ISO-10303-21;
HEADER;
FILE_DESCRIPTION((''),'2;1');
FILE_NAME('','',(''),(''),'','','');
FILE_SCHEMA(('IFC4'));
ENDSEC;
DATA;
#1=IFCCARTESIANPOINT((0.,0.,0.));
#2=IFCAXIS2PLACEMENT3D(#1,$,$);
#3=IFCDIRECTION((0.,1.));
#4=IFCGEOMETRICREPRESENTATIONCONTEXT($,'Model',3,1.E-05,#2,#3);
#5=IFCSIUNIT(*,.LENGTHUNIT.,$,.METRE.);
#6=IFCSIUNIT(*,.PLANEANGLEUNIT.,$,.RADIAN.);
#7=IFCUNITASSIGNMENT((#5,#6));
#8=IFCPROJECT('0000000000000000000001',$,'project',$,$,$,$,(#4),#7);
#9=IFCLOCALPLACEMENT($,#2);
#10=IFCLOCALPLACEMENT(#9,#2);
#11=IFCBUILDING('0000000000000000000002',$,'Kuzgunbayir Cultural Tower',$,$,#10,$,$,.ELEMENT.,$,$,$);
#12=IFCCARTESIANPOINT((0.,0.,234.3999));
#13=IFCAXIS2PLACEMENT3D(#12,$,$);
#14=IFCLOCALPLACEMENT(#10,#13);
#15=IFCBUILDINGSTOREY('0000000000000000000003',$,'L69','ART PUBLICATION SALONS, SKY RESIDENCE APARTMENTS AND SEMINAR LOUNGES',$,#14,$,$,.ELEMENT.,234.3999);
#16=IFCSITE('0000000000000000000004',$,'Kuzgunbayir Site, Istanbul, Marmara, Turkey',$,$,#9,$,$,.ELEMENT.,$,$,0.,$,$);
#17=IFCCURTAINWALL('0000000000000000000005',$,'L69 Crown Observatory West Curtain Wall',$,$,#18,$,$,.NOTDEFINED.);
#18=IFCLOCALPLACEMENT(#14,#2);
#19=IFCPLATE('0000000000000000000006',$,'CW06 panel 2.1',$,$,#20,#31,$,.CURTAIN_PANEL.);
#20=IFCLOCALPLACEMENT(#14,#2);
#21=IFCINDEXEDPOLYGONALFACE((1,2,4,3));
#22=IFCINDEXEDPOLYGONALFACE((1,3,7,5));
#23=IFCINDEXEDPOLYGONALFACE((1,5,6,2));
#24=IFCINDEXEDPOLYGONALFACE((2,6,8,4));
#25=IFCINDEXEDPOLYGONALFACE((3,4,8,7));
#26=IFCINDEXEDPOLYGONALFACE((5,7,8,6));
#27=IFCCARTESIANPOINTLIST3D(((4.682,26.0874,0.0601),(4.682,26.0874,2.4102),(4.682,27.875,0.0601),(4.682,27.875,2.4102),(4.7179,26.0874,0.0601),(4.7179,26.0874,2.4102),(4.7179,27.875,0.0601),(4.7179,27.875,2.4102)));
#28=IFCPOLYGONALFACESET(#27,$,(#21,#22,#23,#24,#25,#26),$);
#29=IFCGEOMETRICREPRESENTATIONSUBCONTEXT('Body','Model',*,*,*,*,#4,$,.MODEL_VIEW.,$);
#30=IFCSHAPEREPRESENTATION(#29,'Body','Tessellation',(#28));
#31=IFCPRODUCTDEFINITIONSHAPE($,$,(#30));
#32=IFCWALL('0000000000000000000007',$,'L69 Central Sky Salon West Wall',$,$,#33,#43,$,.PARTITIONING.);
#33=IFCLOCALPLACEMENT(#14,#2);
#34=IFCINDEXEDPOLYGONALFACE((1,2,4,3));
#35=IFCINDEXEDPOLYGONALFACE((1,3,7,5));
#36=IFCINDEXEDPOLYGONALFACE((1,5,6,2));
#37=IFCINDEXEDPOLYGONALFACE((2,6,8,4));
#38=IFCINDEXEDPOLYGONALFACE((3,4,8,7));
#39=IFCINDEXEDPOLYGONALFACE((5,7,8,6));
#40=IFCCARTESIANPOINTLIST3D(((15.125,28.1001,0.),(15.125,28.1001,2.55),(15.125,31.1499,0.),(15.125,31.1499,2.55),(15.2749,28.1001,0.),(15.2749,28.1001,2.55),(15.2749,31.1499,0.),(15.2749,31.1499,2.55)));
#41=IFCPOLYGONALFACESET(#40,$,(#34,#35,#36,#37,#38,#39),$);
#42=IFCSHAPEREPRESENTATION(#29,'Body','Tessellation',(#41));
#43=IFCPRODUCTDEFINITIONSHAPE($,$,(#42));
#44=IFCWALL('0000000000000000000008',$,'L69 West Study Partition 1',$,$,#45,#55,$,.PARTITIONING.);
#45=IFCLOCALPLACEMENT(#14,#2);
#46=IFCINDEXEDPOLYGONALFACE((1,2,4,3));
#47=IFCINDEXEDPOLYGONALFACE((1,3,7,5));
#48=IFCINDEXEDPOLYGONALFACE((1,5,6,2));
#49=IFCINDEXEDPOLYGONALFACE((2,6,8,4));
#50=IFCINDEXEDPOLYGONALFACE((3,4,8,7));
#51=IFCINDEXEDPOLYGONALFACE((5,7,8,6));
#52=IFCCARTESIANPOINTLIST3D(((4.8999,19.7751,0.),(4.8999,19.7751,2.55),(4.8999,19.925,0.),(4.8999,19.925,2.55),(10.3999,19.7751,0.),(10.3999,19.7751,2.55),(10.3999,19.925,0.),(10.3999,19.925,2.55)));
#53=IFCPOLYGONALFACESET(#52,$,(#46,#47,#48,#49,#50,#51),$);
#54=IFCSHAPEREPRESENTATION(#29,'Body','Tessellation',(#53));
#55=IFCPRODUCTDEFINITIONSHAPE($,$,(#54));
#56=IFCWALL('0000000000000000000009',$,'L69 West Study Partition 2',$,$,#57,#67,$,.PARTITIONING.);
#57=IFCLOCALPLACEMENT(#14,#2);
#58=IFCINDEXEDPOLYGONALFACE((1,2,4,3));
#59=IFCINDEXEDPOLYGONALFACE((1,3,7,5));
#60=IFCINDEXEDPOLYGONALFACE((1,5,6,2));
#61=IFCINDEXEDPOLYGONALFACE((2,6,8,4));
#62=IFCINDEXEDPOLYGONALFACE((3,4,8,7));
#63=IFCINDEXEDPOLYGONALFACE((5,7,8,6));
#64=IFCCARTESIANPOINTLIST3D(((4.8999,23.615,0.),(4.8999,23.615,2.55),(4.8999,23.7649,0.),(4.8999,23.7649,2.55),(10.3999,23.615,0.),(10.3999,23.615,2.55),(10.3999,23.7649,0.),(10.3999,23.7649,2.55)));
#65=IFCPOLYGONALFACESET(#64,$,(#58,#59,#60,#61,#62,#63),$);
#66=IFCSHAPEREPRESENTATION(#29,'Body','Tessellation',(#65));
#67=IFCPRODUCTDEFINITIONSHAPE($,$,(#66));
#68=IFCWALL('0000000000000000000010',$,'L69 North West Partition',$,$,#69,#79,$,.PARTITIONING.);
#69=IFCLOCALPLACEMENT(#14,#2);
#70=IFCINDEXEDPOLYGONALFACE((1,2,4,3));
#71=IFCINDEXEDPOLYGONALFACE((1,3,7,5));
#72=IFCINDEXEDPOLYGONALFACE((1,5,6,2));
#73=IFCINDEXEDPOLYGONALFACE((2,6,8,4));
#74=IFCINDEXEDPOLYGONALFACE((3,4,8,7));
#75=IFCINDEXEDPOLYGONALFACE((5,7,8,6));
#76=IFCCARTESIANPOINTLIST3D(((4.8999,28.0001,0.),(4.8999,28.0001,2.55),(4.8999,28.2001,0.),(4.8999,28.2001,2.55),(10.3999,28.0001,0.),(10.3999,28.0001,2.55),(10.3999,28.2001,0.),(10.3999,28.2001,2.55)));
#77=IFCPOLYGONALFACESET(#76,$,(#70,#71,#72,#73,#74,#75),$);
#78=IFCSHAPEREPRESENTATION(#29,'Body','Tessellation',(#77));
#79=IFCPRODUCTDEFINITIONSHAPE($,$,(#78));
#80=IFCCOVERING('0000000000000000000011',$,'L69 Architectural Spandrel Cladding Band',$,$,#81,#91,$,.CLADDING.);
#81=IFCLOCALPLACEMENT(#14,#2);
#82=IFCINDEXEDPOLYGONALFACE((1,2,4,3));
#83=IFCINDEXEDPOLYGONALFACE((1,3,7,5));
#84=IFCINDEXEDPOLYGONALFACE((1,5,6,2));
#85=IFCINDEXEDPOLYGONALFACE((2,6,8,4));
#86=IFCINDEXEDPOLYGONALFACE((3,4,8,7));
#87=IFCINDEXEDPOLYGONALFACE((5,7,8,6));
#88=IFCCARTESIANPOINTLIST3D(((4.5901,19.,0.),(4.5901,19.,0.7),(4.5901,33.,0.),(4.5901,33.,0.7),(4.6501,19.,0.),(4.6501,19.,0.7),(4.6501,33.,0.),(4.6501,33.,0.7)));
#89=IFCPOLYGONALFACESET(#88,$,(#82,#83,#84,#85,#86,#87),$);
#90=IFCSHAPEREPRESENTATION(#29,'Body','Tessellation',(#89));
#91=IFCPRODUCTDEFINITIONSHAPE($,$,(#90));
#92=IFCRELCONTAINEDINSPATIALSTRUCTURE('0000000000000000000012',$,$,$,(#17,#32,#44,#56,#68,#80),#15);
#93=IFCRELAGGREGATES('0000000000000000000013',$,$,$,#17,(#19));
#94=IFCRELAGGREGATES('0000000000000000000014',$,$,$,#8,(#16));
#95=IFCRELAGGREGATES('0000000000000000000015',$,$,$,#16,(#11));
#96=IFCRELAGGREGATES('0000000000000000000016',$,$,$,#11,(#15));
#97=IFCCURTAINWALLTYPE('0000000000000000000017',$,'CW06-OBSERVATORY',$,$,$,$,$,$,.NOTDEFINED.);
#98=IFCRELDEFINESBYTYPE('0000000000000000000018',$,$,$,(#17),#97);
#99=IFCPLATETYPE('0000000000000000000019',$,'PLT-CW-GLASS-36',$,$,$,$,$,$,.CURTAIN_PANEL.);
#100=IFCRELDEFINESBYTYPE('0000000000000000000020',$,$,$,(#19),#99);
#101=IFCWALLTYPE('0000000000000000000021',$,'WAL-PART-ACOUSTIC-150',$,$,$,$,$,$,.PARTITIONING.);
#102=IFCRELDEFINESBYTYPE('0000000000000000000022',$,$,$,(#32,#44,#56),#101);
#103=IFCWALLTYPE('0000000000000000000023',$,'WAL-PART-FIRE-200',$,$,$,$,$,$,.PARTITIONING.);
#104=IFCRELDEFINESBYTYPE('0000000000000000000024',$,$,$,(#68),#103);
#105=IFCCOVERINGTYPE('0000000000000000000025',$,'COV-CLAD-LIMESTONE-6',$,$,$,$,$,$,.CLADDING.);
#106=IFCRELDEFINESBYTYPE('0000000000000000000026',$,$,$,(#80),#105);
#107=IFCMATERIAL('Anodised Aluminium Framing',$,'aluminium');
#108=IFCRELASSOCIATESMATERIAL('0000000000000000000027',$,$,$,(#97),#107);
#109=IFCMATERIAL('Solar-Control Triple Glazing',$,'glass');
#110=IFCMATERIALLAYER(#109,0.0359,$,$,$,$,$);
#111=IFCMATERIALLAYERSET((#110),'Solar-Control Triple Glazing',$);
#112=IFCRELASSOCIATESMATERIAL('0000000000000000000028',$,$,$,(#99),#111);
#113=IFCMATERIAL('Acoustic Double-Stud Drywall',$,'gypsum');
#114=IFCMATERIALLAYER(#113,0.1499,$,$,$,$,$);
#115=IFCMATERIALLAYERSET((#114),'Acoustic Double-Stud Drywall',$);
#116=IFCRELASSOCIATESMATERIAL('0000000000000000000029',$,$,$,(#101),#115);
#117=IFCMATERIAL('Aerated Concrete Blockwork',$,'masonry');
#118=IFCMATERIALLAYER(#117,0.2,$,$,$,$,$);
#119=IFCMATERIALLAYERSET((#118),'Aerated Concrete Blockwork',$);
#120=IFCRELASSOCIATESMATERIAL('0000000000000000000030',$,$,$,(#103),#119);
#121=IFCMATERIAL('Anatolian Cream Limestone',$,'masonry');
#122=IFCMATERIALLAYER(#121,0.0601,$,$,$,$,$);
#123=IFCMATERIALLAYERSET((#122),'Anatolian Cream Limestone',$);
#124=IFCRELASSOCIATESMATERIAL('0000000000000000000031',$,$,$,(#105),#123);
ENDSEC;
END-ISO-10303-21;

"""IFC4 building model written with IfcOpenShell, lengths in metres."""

from ifc_helpers import new_model, si_unit, direction, frame, frame_2d, origin, origin_2d, place, context, subcontext, project, spatial, rectangle, extrude, material, layer, layer_set, type_object, element, aggregate, save


model = new_model("IFC4")

# Units and contexts
model_context = context("Model", 3, precision=1e-05, world=origin(), true_north=direction((0.0, 1.0)))
body_context = subcontext(model_context, "Body", "Model", "MODEL_VIEW")
ifc_project = project(units=[si_unit("LENGTHUNIT", "METRE"), si_unit("PLANEANGLEUNIT", "RADIAN")], contexts=[model_context])

# Site, building, storey
site_placement = place(None, origin())
site = spatial("IfcSite", under=ifc_project, at=site_placement, Name="Kuzgunbayir Site, Istanbul, Marmara, Turkey", CompositionType="ELEMENT", RefElevation=0.0)
building_placement = place(site_placement, origin())
building = spatial("IfcBuilding", under=site, at=building_placement, Name="Kuzgunbayir Cultural Tower", CompositionType="ELEMENT")
storey_placement = place(building_placement, frame((0.0, 0.0, 234.3999)))
storey = spatial("IfcBuildingStorey", under=building, at=storey_placement, Name="L69", Description="ART PUBLICATION SALONS, SKY RESIDENCE APARTMENTS AND SEMINAR LOUNGES", CompositionType="ELEMENT", Elevation=234.3999)

# Curtain wall, plate
ifc_material_1 = material(Name="Anodised Aluminium Framing", Category="aluminium")
curtain_wall_type = type_object("IfcCurtainWallType", Name="CW06-OBSERVATORY", PredefinedType="NOTDEFINED", material=ifc_material_1)
curtain_wall_placement = place(storey_placement, origin())
curtain_wall = element("IfcCurtainWall", 1, at=curtain_wall_placement, inside=storey, type_object=curtain_wall_type, Name="L69 Crown Observatory West Curtain Wall", PredefinedType="NOTDEFINED")
ifc_material_2 = material(Name="Solar-Control Triple Glazing", Category="glass")
ifc_layer_1 = layer(ifc_material_2, 0.0359)
ifc_layer_set_1 = layer_set([ifc_layer_1], Name="Solar-Control Triple Glazing")
plate_type = type_object("IfcPlateType", Name="PLT-CW-GLASS-36", PredefinedType="CURTAIN_PANEL", material=ifc_layer_set_1)
plate_1_placement = place(storey_placement, frame((4.7, 26.9812, 0.0601), z_axis=(0.0, 0.0, 1.0), x_axis=(0.0, 1.0, 0.0)))
plate_1 = element("IfcPlate", 2, at=plate_1_placement, type_object=plate_type, Name="CW06 panel 2.1", PredefinedType="CURTAIN_PANEL", context=body_context, shape_type="SweptSolid", body=[
    extrude(rectangle(XDim=1.7876, YDim=0.0359, at=origin_2d()), origin(), (0.0, 0.0, 1.0), 2.3501),
])
aggregate(curtain_wall, [plate_1])

# Walls
ifc_material_3 = material(Name="Acoustic Double-Stud Drywall", Category="gypsum")
ifc_layer_2 = layer(ifc_material_3, 0.1499)
ifc_layer_set_2 = layer_set([ifc_layer_2], Name="Acoustic Double-Stud Drywall")
wall_type_1 = type_object("IfcWallType", Name="WAL-PART-ACOUSTIC-150", PredefinedType="PARTITIONING", material=ifc_layer_set_2)
wall_1_placement = place(storey_placement, frame((15.2, 28.1001, 0.0), z_axis=(0.0, 0.0, 1.0), x_axis=(0.0, 1.0, 0.0)))
element("IfcWall", 3, at=wall_1_placement, inside=storey, type_object=wall_type_1, Name="L69 Central Sky Salon West Wall", PredefinedType="PARTITIONING", context=body_context, shape_type="SweptSolid", body=[
    extrude(rectangle(XDim=3.0498, YDim=0.1499, at=frame_2d((1.5249, 0.0))), origin(), (0.0, 0.0, 1.0), 2.55),
])
for number, where, z_axis, x_axis, name in (
    (4, (4.8999, 19.8501, 0.0), (0.0, 0.0, 1.0), (1.0, 0.0, 0.0), "L69 West Study Partition 1"),
    (5, (4.8999, 23.6899, 0.0), (0.0, 0.0, 1.0), (1.0, 0.0, 0.0), "L69 West Study Partition 2"),
):
    element("IfcWall", number, at=place(storey_placement, frame(where, z_axis=z_axis, x_axis=x_axis)), inside=storey, type_object=wall_type_1, Name=name, PredefinedType="PARTITIONING", context=body_context, shape_type="SweptSolid", body=[
        extrude(rectangle(XDim=5.5, YDim=0.1499, at=frame_2d((2.75, 0.0))), origin(), (0.0, 0.0, 1.0), 2.55),
    ])
ifc_material_4 = material(Name="Aerated Concrete Blockwork", Category="masonry")
ifc_layer_3 = layer(ifc_material_4, 0.2)
ifc_layer_set_3 = layer_set([ifc_layer_3], Name="Aerated Concrete Blockwork")
wall_type_2 = type_object("IfcWallType", Name="WAL-PART-FIRE-200", PredefinedType="PARTITIONING", material=ifc_layer_set_3)
wall_2_placement = place(storey_placement, frame((4.8999, 28.1001, 0.0), z_axis=(0.0, 0.0, 1.0), x_axis=(1.0, 0.0, 0.0)))
element("IfcWall", 6, at=wall_2_placement, inside=storey, type_object=wall_type_2, Name="L69 North West Partition", PredefinedType="PARTITIONING", context=body_context, shape_type="SweptSolid", body=[
    extrude(rectangle(XDim=5.5, YDim=0.2, at=frame_2d((2.75, 0.0))), origin(), (0.0, 0.0, 1.0), 2.55),
])

# Covering
ifc_material_5 = material(Name="Anatolian Cream Limestone", Category="masonry")
ifc_layer_4 = layer(ifc_material_5, 0.0601)
ifc_layer_set_4 = layer_set([ifc_layer_4], Name="Anatolian Cream Limestone")
covering_type = type_object("IfcCoveringType", Name="COV-CLAD-LIMESTONE-6", PredefinedType="CLADDING", material=ifc_layer_set_4)
covering_placement = place(storey_placement, frame((4.6201, 26.0, 0.0), z_axis=(0.0, 0.0, 1.0), x_axis=(1.0, 0.0, 0.0)))
element("IfcCovering", 7, at=covering_placement, inside=storey, type_object=covering_type, Name="L69 Architectural Spandrel Cladding Band", PredefinedType="CLADDING", context=body_context, shape_type="SweptSolid", body=[
    extrude(rectangle(XDim=0.0601, YDim=14.0, at=origin_2d()), origin(), (0.0, 0.0, 1.0), 0.7),
])

save(model, "model.ifc")
